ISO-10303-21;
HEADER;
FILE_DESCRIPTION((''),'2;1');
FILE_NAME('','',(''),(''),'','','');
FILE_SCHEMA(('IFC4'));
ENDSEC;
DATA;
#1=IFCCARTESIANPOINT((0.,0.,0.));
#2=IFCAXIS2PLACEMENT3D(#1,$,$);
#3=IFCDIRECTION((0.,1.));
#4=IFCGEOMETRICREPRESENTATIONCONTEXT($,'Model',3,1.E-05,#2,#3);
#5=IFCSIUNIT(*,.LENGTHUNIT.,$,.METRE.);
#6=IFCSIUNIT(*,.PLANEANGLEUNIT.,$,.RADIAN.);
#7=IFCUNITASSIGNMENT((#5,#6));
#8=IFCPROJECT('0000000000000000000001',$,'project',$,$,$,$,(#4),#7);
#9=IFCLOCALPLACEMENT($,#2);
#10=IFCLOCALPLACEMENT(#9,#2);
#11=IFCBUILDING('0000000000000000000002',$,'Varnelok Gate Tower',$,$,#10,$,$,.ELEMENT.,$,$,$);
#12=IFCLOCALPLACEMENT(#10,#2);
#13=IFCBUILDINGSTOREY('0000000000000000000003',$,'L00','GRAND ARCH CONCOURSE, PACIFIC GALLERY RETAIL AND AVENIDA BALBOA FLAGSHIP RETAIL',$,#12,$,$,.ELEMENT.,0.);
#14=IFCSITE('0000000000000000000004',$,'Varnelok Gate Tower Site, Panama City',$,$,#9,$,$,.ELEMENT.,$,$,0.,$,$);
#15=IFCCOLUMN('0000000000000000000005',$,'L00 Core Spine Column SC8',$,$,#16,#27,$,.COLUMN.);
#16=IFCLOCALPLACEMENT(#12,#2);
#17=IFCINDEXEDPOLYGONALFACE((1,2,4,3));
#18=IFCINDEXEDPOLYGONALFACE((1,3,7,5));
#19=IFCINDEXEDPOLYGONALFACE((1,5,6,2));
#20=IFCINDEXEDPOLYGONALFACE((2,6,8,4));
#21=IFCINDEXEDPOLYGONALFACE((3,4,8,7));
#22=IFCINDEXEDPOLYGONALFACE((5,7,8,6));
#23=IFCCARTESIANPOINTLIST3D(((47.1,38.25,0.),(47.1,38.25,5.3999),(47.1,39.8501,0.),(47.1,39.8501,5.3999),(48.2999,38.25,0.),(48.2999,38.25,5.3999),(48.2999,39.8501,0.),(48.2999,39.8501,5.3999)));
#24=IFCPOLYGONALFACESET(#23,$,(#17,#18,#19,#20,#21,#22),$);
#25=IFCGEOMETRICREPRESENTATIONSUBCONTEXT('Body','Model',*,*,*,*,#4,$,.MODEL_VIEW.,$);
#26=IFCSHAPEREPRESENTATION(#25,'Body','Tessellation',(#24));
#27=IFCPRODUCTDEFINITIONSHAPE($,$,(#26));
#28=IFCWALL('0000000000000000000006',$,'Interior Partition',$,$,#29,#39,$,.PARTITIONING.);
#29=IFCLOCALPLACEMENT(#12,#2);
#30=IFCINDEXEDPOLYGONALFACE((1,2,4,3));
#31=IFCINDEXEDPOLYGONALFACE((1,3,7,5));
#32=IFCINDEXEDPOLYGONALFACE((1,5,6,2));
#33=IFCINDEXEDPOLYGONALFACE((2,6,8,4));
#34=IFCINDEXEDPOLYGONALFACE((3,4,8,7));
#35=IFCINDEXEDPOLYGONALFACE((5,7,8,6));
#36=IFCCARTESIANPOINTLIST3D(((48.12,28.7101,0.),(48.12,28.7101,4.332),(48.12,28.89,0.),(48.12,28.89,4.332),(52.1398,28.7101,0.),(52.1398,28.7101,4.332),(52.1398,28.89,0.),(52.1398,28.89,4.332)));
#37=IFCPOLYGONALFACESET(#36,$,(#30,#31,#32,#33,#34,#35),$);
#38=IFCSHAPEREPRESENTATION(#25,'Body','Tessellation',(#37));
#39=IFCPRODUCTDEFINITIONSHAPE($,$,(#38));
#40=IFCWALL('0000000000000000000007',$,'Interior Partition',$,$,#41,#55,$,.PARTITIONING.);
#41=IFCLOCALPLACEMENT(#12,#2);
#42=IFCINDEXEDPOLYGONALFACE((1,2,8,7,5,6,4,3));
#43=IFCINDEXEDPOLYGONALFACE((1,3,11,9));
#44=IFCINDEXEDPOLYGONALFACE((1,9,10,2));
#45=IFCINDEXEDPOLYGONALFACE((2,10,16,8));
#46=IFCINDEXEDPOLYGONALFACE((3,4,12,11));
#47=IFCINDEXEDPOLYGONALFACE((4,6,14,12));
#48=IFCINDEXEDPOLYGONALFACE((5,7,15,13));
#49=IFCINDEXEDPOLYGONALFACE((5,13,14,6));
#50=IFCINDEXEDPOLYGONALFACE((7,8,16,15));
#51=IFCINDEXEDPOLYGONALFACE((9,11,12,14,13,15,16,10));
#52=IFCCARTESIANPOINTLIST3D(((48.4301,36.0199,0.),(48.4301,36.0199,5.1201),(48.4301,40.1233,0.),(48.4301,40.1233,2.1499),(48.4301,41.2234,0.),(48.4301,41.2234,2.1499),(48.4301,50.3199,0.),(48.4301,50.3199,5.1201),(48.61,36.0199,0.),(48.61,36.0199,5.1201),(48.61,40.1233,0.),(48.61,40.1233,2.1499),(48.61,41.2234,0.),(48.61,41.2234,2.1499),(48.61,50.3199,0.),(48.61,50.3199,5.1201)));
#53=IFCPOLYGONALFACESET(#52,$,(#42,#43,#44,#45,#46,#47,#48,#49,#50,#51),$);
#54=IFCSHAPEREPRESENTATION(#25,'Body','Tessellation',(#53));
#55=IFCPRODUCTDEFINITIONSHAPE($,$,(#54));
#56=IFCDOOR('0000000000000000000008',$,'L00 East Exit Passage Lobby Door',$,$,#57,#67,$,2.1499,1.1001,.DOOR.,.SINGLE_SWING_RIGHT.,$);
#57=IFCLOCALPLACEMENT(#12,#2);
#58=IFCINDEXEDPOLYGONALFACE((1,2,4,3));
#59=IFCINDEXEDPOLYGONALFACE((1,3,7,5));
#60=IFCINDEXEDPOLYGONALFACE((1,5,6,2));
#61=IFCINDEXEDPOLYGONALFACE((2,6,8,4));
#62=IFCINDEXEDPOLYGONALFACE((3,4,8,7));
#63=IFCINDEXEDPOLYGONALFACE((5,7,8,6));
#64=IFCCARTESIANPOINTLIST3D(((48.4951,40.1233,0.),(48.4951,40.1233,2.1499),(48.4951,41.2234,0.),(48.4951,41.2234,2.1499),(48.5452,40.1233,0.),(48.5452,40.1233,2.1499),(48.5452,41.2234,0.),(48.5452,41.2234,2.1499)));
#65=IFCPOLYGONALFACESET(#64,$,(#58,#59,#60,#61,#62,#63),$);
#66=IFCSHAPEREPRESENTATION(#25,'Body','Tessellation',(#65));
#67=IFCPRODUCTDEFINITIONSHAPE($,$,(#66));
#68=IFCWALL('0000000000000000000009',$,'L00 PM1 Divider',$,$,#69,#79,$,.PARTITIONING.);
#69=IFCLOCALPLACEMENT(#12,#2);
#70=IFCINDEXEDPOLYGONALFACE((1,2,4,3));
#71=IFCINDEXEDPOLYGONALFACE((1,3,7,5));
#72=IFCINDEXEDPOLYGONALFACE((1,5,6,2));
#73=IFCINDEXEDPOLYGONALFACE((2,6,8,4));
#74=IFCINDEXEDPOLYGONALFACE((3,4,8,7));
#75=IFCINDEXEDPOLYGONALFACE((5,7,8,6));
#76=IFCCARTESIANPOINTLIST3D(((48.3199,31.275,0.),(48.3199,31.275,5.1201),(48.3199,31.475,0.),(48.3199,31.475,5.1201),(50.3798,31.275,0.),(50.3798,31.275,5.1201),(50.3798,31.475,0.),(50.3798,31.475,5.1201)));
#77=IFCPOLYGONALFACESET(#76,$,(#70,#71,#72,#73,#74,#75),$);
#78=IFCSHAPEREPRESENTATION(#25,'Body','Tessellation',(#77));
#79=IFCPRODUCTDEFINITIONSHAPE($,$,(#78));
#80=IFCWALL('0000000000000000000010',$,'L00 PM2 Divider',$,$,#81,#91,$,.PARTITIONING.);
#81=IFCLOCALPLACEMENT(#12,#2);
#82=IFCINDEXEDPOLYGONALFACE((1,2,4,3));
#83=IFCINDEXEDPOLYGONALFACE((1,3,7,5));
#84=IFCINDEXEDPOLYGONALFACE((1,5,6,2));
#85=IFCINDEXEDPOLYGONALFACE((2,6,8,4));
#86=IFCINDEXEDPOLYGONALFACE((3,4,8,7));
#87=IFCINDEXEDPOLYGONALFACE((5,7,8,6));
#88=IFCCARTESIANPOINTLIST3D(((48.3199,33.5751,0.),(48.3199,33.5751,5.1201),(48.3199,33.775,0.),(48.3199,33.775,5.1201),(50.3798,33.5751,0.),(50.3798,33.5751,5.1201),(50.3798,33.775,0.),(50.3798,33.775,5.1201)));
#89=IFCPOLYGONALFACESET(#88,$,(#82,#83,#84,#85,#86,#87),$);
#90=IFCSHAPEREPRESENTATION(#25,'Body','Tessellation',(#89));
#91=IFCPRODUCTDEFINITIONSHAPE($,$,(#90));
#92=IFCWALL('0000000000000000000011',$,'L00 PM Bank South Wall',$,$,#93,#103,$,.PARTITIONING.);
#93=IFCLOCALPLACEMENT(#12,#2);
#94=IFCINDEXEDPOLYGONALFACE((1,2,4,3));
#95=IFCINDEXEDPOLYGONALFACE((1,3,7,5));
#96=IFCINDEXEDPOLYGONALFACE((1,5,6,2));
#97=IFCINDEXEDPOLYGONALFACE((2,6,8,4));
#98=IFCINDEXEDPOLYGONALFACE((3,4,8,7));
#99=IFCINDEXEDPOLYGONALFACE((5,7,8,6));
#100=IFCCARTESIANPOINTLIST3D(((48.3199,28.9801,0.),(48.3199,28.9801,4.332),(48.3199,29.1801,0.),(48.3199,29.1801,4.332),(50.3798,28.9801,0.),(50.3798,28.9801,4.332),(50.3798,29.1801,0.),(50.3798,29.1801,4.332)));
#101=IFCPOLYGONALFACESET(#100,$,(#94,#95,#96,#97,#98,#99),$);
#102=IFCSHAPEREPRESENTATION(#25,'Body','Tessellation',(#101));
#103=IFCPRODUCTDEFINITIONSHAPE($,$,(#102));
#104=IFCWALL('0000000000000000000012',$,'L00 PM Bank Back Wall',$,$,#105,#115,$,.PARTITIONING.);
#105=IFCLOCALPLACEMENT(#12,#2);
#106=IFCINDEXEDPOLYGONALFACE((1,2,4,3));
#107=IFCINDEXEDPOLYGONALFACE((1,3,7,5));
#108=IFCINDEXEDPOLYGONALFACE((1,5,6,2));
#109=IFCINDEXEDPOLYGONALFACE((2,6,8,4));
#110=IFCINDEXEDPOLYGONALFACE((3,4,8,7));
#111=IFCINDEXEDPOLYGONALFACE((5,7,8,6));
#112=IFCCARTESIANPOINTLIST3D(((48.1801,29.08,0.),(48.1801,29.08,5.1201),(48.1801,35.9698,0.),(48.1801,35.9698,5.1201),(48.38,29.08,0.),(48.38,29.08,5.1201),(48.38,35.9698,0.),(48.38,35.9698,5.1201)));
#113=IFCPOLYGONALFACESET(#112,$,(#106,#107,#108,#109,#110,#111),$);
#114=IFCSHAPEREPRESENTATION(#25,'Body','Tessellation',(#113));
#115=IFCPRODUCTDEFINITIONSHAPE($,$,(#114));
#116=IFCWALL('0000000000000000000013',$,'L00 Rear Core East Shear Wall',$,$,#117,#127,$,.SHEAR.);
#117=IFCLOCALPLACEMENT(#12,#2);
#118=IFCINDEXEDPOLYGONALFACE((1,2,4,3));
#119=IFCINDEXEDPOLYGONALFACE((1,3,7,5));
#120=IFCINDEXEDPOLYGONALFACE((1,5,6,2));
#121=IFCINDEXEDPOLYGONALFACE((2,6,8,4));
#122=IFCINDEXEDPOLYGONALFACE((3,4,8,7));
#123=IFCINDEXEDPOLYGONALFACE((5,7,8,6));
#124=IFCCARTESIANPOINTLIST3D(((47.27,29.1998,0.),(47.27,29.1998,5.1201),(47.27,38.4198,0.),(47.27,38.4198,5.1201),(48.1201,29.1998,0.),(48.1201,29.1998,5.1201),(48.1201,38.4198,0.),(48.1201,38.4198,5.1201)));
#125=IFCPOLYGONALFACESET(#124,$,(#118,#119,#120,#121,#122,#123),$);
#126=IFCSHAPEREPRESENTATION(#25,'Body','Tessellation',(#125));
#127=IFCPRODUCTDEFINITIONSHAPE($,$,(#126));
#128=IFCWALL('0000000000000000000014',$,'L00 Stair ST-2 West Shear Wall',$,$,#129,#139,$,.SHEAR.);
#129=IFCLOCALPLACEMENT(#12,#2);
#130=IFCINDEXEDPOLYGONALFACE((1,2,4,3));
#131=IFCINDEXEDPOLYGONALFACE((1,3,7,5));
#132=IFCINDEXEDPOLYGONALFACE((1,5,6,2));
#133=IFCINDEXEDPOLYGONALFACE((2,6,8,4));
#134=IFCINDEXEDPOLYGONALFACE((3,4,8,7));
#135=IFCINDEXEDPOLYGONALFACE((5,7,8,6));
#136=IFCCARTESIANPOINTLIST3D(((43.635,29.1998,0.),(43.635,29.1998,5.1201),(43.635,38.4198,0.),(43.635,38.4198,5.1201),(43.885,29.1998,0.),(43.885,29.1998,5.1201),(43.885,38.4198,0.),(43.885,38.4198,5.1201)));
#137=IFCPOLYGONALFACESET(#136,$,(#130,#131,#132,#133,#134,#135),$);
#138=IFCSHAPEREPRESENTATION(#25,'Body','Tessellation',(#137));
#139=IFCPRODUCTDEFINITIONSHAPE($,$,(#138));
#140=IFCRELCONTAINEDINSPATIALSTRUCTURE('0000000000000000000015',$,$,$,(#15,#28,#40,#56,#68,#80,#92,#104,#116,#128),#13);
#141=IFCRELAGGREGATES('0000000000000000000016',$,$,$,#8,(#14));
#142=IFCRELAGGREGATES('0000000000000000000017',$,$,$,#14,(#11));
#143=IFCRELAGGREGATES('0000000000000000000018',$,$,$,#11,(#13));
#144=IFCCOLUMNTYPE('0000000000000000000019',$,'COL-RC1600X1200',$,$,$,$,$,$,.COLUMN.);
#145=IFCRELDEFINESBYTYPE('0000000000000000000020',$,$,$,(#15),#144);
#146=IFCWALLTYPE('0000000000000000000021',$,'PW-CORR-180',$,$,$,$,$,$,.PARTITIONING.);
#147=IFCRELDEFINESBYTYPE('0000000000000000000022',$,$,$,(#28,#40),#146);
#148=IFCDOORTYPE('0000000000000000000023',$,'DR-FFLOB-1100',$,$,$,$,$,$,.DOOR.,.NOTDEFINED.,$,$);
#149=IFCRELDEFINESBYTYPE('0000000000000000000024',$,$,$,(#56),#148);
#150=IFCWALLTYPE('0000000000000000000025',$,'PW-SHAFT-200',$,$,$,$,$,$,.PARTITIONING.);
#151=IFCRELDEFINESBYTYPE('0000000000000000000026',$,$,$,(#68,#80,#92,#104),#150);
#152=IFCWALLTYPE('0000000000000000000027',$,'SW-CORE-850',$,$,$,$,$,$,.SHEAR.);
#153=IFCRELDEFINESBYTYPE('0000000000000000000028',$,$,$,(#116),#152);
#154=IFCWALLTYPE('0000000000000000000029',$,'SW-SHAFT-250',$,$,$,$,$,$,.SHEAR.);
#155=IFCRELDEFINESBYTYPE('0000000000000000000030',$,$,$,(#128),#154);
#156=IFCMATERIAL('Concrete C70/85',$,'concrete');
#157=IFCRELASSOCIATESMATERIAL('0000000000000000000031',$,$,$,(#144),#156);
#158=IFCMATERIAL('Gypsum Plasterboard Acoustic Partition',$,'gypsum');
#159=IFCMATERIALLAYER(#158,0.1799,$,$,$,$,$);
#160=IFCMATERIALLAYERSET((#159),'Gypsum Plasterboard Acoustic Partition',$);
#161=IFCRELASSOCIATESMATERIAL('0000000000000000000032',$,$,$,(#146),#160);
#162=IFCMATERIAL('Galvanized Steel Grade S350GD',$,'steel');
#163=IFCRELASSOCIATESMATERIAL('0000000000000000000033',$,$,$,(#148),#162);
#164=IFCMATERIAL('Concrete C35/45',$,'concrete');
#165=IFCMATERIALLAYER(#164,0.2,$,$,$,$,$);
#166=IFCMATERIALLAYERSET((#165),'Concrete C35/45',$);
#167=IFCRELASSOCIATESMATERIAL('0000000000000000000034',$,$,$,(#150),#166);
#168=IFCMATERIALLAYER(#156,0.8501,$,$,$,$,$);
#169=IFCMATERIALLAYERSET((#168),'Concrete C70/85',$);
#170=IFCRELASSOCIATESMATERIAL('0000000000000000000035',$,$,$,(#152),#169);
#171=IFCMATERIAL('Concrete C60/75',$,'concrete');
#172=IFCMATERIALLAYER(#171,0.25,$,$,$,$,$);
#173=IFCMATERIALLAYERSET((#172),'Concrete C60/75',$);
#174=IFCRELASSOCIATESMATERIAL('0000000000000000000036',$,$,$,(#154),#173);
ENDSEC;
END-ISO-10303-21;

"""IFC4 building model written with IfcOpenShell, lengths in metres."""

from ifc_helpers import new_model, si_unit, direction, frame, frame_2d, origin, origin_2d, place, context, subcontext, project, spatial, rectangle, extrude, material, layer, layer_set, material_profile, profile_set, type_object, element, fill, save


model = new_model("IFC4")

# Units and contexts
model_context = context("Model", 3, precision=1e-05, world=origin(), true_north=direction((0.0, 1.0)))
body_context = subcontext(model_context, "Body", "Model", "MODEL_VIEW")
ifc_project = project(units=[si_unit("LENGTHUNIT", "METRE"), si_unit("PLANEANGLEUNIT", "RADIAN")], contexts=[model_context])

# Site, building, storey
site_placement = place(None, origin())
site = spatial("IfcSite", under=ifc_project, at=site_placement, Name="Varnelok Gate Tower Site, Panama City", CompositionType="ELEMENT", RefElevation=0.0)
building_placement = place(site_placement, origin())
building = spatial("IfcBuilding", under=site, at=building_placement, Name="Varnelok Gate Tower", CompositionType="ELEMENT")
storey_placement = place(building_placement, origin())
storey = spatial("IfcBuildingStorey", under=building, at=storey_placement, Name="L00", Description="GRAND ARCH CONCOURSE, PACIFIC GALLERY RETAIL AND AVENIDA BALBOA FLAGSHIP RETAIL", CompositionType="ELEMENT", Elevation=0.0)

# Column
ifc_material_1 = material(Name="Concrete C70/85", Category="concrete")
ifc_material_profile = material_profile(ifc_material_1, rectangle(XDim=1.2, YDim=1.6001, at=origin_2d()), Name="RC1600X1200")
ifc_profile_set = profile_set([ifc_material_profile], Name="Concrete C70/85")
column_type = type_object("IfcColumnType", Name="COL-RC1600X1200", PredefinedType="COLUMN", material=ifc_profile_set)
column_placement = place(storey_placement, frame((47.7, 39.05, 0.0), z_axis=(0.0, 0.0, 1.0), x_axis=(1.0, 0.0, 0.0)))
element("IfcColumn", 1, at=column_placement, inside=storey, type_object=column_type, Name="L00 Core Spine Column SC8", PredefinedType="COLUMN", context=body_context, shape_type="SweptSolid", body=[
    extrude(rectangle(XDim=1.2, YDim=1.6001, at=origin_2d()), origin(), (0.0, 0.0, 1.0), 5.3999),
])

# Wall
ifc_material_2 = material(Name="Gypsum Plasterboard Acoustic Partition", Category="gypsum")
ifc_layer_1 = layer(ifc_material_2, 0.1799)
ifc_layer_set_1 = layer_set([ifc_layer_1], Name="Gypsum Plasterboard Acoustic Partition")
wall_type_1 = type_object("IfcWallType", Name="PW-CORR-180", PredefinedType="PARTITIONING", material=ifc_layer_set_1)
wall_1_placement = place(storey_placement, frame((48.1201, 28.8, 0.0), z_axis=(0.0, 0.0, 1.0), x_axis=(1.0, 0.0, 0.0)))
element("IfcWall", 2, at=wall_1_placement, inside=storey, type_object=wall_type_1, Name="Interior Partition", PredefinedType="PARTITIONING", context=body_context, shape_type="SweptSolid", body=[
    extrude(rectangle(XDim=4.0198, YDim=0.1799, at=frame_2d((2.0098, 0.0))), origin(), (0.0, 0.0, 1.0), 4.332),
])

# Wall, opening, door
ifc_material_3 = material(Name="Galvanized Steel Grade S350GD", Category="steel")
door_type = type_object("IfcDoorType", Name="DR-FFLOB-1100", OperationType="NOTDEFINED", PredefinedType="DOOR", material=ifc_material_3)
wall_2_placement = place(storey_placement, frame((48.52, 36.02, 0.0), z_axis=(0.0, 0.0, 1.0), x_axis=(0.0, 1.0, 0.0)))
wall_2 = element("IfcWall", 3, at=wall_2_placement, inside=storey, type_object=wall_type_1, Name="Interior Partition", PredefinedType="PARTITIONING", context=body_context, shape_type="SweptSolid", body=[
    extrude(rectangle(XDim=14.3, YDim=0.1799, at=frame_2d((7.1499, 0.0))), origin(), (0.0, 0.0, 1.0), 5.1201),
])
opening_1_placement = place(wall_2_placement, frame((4.1033, 0.0, 0.0)))
opening_1 = element("IfcOpeningElement", 4, at=opening_1_placement, cuts=wall_2, PredefinedType="OPENING", context=body_context, shape_type="SweptSolid", body=[
    extrude(rectangle(XDim=1.1001, YDim=2.1499, at=frame_2d((0.55, 1.075))), frame((0.0, 0.0999, 0.0), z_axis=(0.0, -1.0, 0.0), x_axis=(1.0, 0.0, 0.0)), (0.0, 0.0, 1.0), 0.2),
])
door_1_placement = place(opening_1_placement, origin())
door_1 = element("IfcDoor", 5, at=door_1_placement, inside=storey, type_object=door_type, Name="L00 East Exit Passage Lobby Door", OperationType="SINGLE_SWING_RIGHT", OverallHeight=2.1499, OverallWidth=1.1001, PredefinedType="DOOR", context=body_context, shape_type="SweptSolid", body=[
    extrude(rectangle(XDim=1.1001, YDim=2.1499, at=frame_2d((0.55, 1.075))), frame((0.0, 0.0249, 0.0), z_axis=(0.0, -1.0, 0.0), x_axis=(1.0, 0.0, 0.0)), (0.0, 0.0, 1.0), 0.05),
])
fill(opening_1, door_1)

# Walls
ifc_material_4 = material(Name="Concrete C35/45", Category="concrete")
ifc_layer_2 = layer(ifc_material_4, 0.2)
ifc_layer_set_2 = layer_set([ifc_layer_2], Name="Concrete C35/45")
wall_type_2 = type_object("IfcWallType", Name="PW-SHAFT-200", PredefinedType="PARTITIONING", material=ifc_layer_set_2)
for number, where, z_axis, x_axis, name in (
    (6, (48.3201, 31.375, 0.0), (0.0, 0.0, 1.0), (1.0, 0.0, 0.0), "L00 PM1 Divider"),
    (7, (48.3201, 33.675, 0.0), (0.0, 0.0, 1.0), (1.0, 0.0, 0.0), "L00 PM2 Divider"),
):
    element("IfcWall", number, at=place(storey_placement, frame(where, z_axis=z_axis, x_axis=x_axis)), inside=storey, type_object=wall_type_2, Name=name, PredefinedType="PARTITIONING", context=body_context, shape_type="SweptSolid", body=[
        extrude(rectangle(XDim=2.0598, YDim=0.2, at=frame_2d((1.0298, 0.0))), origin(), (0.0, 0.0, 1.0), 5.1201),
    ])
wall_3_placement = place(storey_placement, frame((48.3201, 29.0801, 0.0), z_axis=(0.0, 0.0, 1.0), x_axis=(1.0, 0.0, 0.0)))
element("IfcWall", 8, at=wall_3_placement, inside=storey, type_object=wall_type_2, Name="L00 PM Bank South Wall", PredefinedType="PARTITIONING", context=body_context, shape_type="SweptSolid", body=[
    extrude(rectangle(XDim=2.0598, YDim=0.2, at=frame_2d((1.0298, 0.0))), origin(), (0.0, 0.0, 1.0), 4.332),
])
wall_4_placement = place(storey_placement, frame((48.28, 29.0801, 0.0), z_axis=(0.0, 0.0, 1.0), x_axis=(0.0, 1.0, 0.0)))
element("IfcWall", 9, at=wall_4_placement, inside=storey, type_object=wall_type_2, Name="L00 PM Bank Back Wall", PredefinedType="PARTITIONING", context=body_context, shape_type="SweptSolid", body=[
    extrude(rectangle(XDim=6.8899, YDim=0.2, at=frame_2d((3.4448, 0.0))), origin(), (0.0, 0.0, 1.0), 5.1201),
])
ifc_layer_3 = layer(ifc_material_1, 0.8501)
ifc_layer_set_3 = layer_set([ifc_layer_3], Name="Concrete C70/85")
wall_type_3 = type_object("IfcWallType", Name="SW-CORE-850", PredefinedType="SHEAR", material=ifc_layer_set_3)
wall_5_placement = place(storey_placement, frame((47.6951, 29.2, 0.0), z_axis=(0.0, 0.0, 1.0), x_axis=(0.0, 1.0, 0.0)))
element("IfcWall", 10, at=wall_5_placement, inside=storey, type_object=wall_type_3, Name="L00 Rear Core East Shear Wall", PredefinedType="SHEAR", context=body_context, shape_type="SweptSolid", body=[
    extrude(rectangle(XDim=9.22, YDim=0.8501, at=frame_2d((4.6099, 0.0))), origin(), (0.0, 0.0, 1.0), 5.1201),
])
ifc_material_5 = material(Name="Concrete C60/75", Category="concrete")
ifc_layer_4 = layer(ifc_material_5, 0.25)
ifc_layer_set_4 = layer_set([ifc_layer_4], Name="Concrete C60/75")
wall_type_4 = type_object("IfcWallType", Name="SW-SHAFT-250", PredefinedType="SHEAR", material=ifc_layer_set_4)
wall_6_placement = place(storey_placement, frame((43.76, 29.2, 0.0), z_axis=(0.0, 0.0, 1.0), x_axis=(0.0, 1.0, 0.0)))
element("IfcWall", 11, at=wall_6_placement, inside=storey, type_object=wall_type_4, Name="L00 Stair ST-2 West Shear Wall", PredefinedType="SHEAR", context=body_context, shape_type="SweptSolid", body=[
    extrude(rectangle(XDim=9.22, YDim=0.25, at=frame_2d((4.6099, 0.0))), origin(), (0.0, 0.0, 1.0), 5.1201),
])

save(model, "model.ifc")
